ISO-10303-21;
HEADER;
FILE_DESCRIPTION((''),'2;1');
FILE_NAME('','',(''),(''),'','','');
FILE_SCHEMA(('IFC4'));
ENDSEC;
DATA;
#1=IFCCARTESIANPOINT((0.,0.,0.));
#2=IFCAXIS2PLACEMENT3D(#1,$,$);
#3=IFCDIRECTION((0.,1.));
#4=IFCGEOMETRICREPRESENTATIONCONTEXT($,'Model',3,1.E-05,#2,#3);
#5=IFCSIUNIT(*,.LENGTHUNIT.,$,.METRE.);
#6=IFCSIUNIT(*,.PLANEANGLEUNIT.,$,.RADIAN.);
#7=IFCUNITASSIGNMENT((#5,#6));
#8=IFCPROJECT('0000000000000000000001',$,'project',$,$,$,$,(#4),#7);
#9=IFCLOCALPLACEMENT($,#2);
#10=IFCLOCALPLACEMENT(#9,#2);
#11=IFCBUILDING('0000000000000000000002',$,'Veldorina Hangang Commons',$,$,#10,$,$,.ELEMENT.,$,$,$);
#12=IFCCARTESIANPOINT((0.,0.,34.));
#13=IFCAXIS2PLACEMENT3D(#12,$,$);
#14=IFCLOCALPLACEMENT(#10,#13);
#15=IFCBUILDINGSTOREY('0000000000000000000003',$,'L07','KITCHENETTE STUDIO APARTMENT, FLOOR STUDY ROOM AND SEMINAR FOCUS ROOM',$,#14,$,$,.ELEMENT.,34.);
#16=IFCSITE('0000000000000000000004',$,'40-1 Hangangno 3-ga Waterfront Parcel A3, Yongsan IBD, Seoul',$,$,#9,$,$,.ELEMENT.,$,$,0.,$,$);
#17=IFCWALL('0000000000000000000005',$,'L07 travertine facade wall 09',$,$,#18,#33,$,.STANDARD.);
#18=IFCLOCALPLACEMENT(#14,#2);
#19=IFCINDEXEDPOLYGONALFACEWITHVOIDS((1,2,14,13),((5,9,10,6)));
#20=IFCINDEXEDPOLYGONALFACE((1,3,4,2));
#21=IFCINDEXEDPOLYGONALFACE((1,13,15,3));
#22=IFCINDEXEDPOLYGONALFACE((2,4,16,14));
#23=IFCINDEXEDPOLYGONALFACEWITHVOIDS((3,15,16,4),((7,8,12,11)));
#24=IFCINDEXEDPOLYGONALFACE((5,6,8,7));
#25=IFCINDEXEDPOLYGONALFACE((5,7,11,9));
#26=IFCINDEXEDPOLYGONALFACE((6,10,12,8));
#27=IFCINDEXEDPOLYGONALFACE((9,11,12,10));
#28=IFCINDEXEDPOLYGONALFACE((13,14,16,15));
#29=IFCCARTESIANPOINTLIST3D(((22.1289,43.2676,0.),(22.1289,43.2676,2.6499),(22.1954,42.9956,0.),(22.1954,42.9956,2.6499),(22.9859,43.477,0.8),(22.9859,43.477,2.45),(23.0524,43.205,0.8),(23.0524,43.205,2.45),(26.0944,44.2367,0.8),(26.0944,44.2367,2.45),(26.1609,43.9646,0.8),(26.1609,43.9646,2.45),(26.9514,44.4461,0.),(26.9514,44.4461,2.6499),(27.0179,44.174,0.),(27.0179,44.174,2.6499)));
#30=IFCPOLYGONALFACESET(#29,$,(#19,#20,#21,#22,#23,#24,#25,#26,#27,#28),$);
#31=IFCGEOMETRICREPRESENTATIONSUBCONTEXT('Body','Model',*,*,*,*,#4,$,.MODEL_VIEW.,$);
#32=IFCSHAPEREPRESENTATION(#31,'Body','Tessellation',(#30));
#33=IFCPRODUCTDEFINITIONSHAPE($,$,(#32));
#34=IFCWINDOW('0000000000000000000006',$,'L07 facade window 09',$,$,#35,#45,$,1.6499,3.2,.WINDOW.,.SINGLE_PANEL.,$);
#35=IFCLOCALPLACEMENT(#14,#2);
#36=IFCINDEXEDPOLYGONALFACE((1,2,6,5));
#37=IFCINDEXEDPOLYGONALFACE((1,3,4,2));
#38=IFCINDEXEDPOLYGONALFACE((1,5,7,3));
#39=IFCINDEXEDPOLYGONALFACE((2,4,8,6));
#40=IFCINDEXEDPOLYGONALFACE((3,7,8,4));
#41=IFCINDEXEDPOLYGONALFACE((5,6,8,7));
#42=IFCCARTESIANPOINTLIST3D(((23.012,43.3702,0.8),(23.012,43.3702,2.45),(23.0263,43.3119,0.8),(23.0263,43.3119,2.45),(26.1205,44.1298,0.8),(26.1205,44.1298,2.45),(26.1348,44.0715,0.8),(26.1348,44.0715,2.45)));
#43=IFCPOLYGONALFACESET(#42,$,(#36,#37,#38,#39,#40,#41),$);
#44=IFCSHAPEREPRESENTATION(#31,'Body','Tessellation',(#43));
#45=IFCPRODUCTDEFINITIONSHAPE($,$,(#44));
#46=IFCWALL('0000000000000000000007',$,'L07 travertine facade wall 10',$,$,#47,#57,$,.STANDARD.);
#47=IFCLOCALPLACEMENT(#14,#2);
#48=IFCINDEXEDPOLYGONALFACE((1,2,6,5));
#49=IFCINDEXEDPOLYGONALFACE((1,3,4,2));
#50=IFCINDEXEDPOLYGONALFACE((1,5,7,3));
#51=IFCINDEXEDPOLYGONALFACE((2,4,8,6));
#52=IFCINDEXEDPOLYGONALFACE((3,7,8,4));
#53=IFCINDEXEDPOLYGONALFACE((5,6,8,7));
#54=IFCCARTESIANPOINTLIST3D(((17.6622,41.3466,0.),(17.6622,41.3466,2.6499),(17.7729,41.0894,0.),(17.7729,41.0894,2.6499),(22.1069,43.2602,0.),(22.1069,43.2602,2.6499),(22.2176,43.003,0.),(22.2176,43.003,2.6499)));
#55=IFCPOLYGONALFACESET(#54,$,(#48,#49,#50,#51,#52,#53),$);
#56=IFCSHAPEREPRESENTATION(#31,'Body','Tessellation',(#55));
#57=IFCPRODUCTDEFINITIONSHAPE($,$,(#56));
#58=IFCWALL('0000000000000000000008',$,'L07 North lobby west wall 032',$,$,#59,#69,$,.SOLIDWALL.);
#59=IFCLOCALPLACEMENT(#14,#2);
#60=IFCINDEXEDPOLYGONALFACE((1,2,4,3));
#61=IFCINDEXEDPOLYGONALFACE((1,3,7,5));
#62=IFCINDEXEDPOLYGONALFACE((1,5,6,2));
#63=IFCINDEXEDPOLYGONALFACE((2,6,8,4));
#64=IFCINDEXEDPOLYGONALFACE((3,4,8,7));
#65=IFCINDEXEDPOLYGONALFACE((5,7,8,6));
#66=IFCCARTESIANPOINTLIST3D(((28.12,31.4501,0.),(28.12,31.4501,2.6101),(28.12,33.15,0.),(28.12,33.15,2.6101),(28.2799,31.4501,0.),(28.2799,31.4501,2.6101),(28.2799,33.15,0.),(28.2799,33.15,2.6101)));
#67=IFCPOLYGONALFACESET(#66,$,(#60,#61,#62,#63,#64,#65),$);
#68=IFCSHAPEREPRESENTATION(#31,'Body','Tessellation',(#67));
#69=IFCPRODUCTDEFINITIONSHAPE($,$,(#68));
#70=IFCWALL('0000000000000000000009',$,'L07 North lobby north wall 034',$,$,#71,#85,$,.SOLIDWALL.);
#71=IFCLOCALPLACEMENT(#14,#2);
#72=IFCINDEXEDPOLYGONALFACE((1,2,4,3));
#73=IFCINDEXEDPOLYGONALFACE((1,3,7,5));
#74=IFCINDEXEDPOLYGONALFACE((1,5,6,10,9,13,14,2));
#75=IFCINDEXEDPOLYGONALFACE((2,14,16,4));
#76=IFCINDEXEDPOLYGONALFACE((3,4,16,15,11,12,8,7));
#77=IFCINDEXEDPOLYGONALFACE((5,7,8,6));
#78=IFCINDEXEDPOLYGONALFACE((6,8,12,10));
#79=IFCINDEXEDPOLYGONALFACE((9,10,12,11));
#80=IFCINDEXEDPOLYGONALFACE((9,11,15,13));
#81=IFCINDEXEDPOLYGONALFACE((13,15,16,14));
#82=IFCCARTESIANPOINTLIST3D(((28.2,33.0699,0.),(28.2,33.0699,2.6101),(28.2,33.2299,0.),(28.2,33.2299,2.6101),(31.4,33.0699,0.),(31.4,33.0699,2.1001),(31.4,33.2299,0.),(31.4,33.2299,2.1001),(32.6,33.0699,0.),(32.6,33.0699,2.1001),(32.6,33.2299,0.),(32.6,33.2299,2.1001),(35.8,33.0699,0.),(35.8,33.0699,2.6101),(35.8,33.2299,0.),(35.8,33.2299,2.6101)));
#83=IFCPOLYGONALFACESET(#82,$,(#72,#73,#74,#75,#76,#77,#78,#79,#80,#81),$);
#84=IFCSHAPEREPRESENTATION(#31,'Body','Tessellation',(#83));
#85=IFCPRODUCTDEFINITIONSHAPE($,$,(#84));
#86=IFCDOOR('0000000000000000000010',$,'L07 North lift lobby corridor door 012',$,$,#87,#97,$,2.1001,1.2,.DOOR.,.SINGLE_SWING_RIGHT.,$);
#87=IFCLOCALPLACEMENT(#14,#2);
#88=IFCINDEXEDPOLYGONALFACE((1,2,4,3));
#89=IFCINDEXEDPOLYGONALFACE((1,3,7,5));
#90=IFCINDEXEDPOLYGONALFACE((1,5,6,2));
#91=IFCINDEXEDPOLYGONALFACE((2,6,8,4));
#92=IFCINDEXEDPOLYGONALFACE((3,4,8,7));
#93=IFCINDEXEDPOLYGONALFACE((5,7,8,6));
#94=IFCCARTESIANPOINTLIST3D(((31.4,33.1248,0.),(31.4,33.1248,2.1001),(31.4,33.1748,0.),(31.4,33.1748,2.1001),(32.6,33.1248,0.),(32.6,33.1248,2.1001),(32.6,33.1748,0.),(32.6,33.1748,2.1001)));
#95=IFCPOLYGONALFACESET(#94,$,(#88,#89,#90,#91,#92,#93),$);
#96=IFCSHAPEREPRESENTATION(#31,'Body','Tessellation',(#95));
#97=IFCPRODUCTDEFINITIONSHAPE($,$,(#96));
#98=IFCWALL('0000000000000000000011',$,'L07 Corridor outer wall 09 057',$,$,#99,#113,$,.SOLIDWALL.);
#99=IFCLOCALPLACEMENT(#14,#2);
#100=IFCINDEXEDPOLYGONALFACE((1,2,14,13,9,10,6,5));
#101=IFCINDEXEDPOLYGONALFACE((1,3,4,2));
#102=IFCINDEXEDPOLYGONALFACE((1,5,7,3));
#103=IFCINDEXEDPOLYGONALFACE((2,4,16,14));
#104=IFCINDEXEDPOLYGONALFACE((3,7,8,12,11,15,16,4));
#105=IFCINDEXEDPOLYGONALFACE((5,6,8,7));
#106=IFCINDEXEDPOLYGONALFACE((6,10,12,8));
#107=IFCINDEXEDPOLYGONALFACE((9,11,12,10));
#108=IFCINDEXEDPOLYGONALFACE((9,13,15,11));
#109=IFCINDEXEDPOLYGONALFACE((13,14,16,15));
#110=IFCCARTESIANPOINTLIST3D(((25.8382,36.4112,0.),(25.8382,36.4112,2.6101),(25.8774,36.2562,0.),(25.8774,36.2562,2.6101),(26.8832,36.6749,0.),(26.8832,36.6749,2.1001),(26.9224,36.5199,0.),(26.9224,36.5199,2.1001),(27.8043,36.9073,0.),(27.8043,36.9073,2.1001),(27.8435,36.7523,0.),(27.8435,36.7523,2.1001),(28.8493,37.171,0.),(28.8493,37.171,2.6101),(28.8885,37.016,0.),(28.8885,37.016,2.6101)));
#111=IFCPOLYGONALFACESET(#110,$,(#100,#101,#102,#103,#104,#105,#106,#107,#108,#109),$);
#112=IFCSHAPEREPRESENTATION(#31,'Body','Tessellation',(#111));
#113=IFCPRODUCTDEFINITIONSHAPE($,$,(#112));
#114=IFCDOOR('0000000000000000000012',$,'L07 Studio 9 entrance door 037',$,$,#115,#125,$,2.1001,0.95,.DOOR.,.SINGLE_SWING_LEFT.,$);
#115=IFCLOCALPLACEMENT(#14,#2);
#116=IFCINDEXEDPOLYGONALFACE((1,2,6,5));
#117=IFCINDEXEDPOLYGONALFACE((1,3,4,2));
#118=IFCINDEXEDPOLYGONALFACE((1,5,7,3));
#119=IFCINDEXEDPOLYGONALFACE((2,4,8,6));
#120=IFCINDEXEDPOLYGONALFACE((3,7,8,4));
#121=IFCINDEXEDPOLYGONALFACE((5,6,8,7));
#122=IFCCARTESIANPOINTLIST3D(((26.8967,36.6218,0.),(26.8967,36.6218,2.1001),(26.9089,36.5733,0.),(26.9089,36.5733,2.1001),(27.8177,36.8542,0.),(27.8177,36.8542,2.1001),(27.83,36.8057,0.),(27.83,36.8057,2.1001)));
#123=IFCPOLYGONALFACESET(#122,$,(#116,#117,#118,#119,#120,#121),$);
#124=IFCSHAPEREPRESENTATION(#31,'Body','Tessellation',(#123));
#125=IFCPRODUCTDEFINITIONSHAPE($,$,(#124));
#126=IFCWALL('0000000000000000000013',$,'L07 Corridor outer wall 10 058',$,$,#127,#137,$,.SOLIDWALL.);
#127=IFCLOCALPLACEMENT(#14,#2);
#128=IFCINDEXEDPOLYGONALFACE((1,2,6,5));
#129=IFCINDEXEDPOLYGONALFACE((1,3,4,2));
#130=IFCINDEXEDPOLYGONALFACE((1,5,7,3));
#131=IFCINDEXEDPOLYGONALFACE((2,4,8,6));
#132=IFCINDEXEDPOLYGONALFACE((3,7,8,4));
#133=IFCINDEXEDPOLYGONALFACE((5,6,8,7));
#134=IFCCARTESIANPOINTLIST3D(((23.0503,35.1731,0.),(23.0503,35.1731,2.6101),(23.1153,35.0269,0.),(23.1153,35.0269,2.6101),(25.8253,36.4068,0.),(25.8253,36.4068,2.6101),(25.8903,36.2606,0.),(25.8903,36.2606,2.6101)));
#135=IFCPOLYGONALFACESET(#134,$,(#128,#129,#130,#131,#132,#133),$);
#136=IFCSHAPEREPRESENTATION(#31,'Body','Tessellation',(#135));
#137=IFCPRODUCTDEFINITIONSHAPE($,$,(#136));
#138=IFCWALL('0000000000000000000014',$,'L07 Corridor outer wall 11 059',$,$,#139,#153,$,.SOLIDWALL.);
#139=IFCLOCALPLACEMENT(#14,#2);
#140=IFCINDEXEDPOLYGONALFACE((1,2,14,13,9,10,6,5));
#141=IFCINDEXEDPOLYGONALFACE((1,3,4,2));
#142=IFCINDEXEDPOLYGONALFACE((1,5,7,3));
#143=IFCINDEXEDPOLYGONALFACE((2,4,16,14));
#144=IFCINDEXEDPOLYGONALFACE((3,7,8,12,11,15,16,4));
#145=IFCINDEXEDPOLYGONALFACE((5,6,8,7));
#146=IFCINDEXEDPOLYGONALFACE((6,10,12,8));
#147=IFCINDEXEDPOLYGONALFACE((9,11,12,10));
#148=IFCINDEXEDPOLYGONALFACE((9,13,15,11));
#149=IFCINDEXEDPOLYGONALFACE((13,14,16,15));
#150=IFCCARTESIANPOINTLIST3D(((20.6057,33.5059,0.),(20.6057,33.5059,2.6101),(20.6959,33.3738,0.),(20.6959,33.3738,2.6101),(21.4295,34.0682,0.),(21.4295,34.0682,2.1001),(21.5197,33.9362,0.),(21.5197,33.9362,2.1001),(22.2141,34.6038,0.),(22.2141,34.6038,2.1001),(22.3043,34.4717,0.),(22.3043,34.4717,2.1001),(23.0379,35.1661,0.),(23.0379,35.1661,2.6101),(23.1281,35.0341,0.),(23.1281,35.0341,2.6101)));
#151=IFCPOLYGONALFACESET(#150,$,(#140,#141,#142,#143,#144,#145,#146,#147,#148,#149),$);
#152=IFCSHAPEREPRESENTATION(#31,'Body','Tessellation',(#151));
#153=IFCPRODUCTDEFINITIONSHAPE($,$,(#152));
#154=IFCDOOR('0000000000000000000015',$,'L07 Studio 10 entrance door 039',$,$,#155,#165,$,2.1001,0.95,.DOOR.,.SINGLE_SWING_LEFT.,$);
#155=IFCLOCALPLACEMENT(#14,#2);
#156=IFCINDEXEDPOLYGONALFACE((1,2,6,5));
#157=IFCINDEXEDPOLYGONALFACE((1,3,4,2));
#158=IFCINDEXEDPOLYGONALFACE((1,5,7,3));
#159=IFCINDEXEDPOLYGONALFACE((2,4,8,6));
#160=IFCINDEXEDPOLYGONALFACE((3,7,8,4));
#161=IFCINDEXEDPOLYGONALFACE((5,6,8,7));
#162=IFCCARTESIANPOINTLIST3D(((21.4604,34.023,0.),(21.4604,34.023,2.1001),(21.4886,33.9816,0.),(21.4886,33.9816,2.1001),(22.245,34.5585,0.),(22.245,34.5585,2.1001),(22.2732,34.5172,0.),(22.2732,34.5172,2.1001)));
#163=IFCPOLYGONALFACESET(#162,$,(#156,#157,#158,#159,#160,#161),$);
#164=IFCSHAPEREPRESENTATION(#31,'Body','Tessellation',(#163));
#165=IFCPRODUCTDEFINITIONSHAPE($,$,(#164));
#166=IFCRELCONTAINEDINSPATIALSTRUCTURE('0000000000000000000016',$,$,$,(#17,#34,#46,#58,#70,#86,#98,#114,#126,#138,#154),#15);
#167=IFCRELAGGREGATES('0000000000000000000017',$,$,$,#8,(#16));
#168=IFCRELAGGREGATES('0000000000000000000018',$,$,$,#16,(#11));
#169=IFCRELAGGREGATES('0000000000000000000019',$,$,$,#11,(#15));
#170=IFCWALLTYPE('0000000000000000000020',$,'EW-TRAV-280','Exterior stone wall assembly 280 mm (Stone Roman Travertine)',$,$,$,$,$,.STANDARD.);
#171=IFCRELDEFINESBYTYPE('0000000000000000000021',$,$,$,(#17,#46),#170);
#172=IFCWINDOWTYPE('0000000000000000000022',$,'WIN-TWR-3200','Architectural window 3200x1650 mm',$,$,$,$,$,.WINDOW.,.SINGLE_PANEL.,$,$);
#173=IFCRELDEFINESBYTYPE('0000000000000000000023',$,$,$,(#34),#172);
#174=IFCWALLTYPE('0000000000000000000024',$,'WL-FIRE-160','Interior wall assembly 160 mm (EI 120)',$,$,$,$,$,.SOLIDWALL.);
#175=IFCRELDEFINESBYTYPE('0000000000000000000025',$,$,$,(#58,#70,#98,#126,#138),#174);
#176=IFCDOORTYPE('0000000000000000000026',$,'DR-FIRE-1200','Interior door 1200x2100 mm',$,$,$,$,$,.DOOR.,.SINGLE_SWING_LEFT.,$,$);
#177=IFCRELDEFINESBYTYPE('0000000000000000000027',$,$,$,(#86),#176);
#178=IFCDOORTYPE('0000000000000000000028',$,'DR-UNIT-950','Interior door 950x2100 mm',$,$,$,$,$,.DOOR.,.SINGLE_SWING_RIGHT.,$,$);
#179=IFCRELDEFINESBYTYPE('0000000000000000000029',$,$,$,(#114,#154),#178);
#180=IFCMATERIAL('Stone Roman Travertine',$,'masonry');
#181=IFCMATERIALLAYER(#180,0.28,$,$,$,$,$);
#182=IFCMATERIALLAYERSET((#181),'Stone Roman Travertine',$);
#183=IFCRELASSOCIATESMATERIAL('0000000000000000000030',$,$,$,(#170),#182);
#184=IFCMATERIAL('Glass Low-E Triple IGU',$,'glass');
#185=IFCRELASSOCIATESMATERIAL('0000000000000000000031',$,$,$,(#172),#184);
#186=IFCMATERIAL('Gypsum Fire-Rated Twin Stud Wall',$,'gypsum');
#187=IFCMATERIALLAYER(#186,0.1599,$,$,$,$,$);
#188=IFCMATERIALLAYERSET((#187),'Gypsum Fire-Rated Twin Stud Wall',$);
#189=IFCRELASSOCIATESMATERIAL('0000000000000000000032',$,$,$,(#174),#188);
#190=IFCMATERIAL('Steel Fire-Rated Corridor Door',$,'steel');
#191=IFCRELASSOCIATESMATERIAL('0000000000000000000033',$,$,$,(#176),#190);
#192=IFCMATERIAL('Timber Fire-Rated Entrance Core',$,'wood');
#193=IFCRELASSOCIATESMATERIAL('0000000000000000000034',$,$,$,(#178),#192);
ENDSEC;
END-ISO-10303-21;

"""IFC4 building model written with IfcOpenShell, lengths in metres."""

from ifc_helpers import new_model, si_unit, direction, frame, frame_2d, origin, place, context, subcontext, project, spatial, rectangle, extrude, material, layer, layer_set, type_object, element, fill, save


model = new_model("IFC4")

# Units and contexts
model_context = context("Model", 3, precision=1e-05, world=origin(), true_north=direction((0.0, 1.0)))
body_context = subcontext(model_context, "Body", "Model", "MODEL_VIEW")
ifc_project = project(units=[si_unit("LENGTHUNIT", "METRE"), si_unit("PLANEANGLEUNIT", "RADIAN")], contexts=[model_context])

# Site, building, storey
site_placement = place(None, origin())
site = spatial("IfcSite", under=ifc_project, at=site_placement, Name="40-1 Hangangno 3-ga Waterfront Parcel A3, Yongsan IBD, Seoul", CompositionType="ELEMENT", RefElevation=0.0)
building_placement = place(site_placement, origin())
building = spatial("IfcBuilding", under=site, at=building_placement, Name="Veldorina Hangang Commons", CompositionType="ELEMENT")
storey_placement = place(building_placement, frame((0.0, 0.0, 34.0)))
storey = spatial("IfcBuildingStorey", under=building, at=storey_placement, Name="L07", Description="KITCHENETTE STUDIO APARTMENT, FLOOR STUDY ROOM AND SEMINAR FOCUS ROOM", CompositionType="ELEMENT", Elevation=34.0)

# Wall, opening, window
ifc_material_1 = material(Name="Stone Roman Travertine", Category="masonry")
ifc_layer_1 = layer(ifc_material_1, 0.28)
ifc_layer_set_1 = layer_set([ifc_layer_1], Name="Stone Roman Travertine")
wall_type_1 = type_object("IfcWallType", Name="EW-TRAV-280", Description="Exterior stone wall assembly 280 mm (Stone Roman Travertine)", PredefinedType="STANDARD", material=ifc_layer_set_1)
wall_1_placement = place(storey_placement, frame((26.9846, 44.3101, 0.0), z_axis=(0.0, 0.0, 1.0), x_axis=(-0.971416, -0.237383, 0.0)))
wall_1 = element("IfcWall", 1, at=wall_1_placement, inside=storey, type_object=wall_type_1, Name="L07 travertine facade wall 09", PredefinedType="STANDARD", context=body_context, shape_type="SweptSolid", body=[
    extrude(rectangle(XDim=4.9644, YDim=0.28, at=frame_2d((2.4822, 0.0))), origin(), (0.0, 0.0, 1.0), 2.6499),
])
opening_1_placement = place(wall_1_placement, frame((0.8821, 0.0, 0.8)))
opening_1 = element("IfcOpeningElement", 2, at=opening_1_placement, cuts=wall_1, PredefinedType="OPENING", context=body_context, shape_type="SweptSolid", body=[
    extrude(rectangle(XDim=3.2, YDim=1.6499, at=frame_2d((1.6001, 0.825))), frame((0.0, 0.1499, 0.0), z_axis=(0.0, -1.0, 0.0), x_axis=(1.0, 0.0, 0.0)), (0.0, 0.0, 1.0), 0.3),
])
ifc_material_2 = material(Name="Glass Low-E Triple IGU", Category="glass")
window_type = type_object("IfcWindowType", Name="WIN-TWR-3200", Description="Architectural window 3200x1650 mm", PartitioningType="SINGLE_PANEL", PredefinedType="WINDOW", material=ifc_material_2)
window_placement = place(opening_1_placement, origin())
window = element("IfcWindow", 3, at=window_placement, inside=storey, type_object=window_type, Name="L07 facade window 09", OverallHeight=1.6499, OverallWidth=3.2, PartitioningType="SINGLE_PANEL", PredefinedType="WINDOW", context=body_context, shape_type="SweptSolid", body=[
    extrude(rectangle(XDim=3.2, YDim=1.6499, at=frame_2d((1.6001, 0.825))), frame((0.0, 0.03, 0.0), z_axis=(0.0, -1.0, 0.0), x_axis=(1.0, 0.0, 0.0)), (0.0, 0.0, 1.0), 0.0601),
])
fill(opening_1, window)

# Walls
wall_2_placement = place(storey_placement, frame((22.1621, 43.1316, 0.0), z_axis=(0.0, 0.0, 1.0), x_axis=(-0.918489, -0.395447, 0.0)))
element("IfcWall", 4, at=wall_2_placement, inside=storey, type_object=wall_type_1, Name="L07 travertine facade wall 10", PredefinedType="STANDARD", context=body_context, shape_type="SweptSolid", body=[
    extrude(rectangle(XDim=4.8391, YDim=0.28, at=frame_2d((2.4194, 0.0))), origin(), (0.0, 0.0, 1.0), 2.6499),
])
ifc_material_3 = material(Name="Gypsum Fire-Rated Twin Stud Wall", Category="gypsum")
ifc_layer_2 = layer(ifc_material_3, 0.1599)
ifc_layer_set_2 = layer_set([ifc_layer_2], Name="Gypsum Fire-Rated Twin Stud Wall")
wall_type_2 = type_object("IfcWallType", Name="WL-FIRE-160", Description="Interior wall assembly 160 mm (EI 120)", PredefinedType="SOLIDWALL", material=ifc_layer_set_2)
wall_3_placement = place(storey_placement, frame((28.2, 31.45, 0.0), z_axis=(0.0, 0.0, 1.0), x_axis=(0.0, 1.0, 0.0)))
element("IfcWall", 5, at=wall_3_placement, inside=storey, type_object=wall_type_2, Name="L07 North lobby west wall 032", PredefinedType="SOLIDWALL", context=body_context, shape_type="SweptSolid", body=[
    extrude(rectangle(XDim=1.7, YDim=0.1599, at=frame_2d((0.8501, 0.0))), origin(), (0.0, 0.0, 1.0), 2.6101),
])

# Walls, openings, doors
wall_4_placement = place(storey_placement, frame((28.2, 33.1499, 0.0), z_axis=(0.0, 0.0, 1.0), x_axis=(1.0, 0.0, 0.0)))
wall_4 = element("IfcWall", 6, at=wall_4_placement, inside=storey, type_object=wall_type_2, Name="L07 North lobby north wall 034", PredefinedType="SOLIDWALL", context=body_context, shape_type="SweptSolid", body=[
    extrude(rectangle(XDim=7.6001, YDim=0.1599, at=frame_2d((3.8, 0.0))), origin(), (0.0, 0.0, 1.0), 2.6101),
])
opening_2_placement = place(wall_4_placement, frame((3.2, 0.0, 0.0)))
opening_2 = element("IfcOpeningElement", 7, at=opening_2_placement, cuts=wall_4, PredefinedType="OPENING", context=body_context, shape_type="SweptSolid", body=[
    extrude(rectangle(XDim=1.2, YDim=2.1001, at=frame_2d((0.6001, 1.05))), frame((0.0, 0.0898, 0.0), z_axis=(0.0, -1.0, 0.0), x_axis=(1.0, 0.0, 0.0)), (0.0, 0.0, 1.0), 0.1799),
])
ifc_material_4 = material(Name="Steel Fire-Rated Corridor Door", Category="steel")
door_type_1 = type_object("IfcDoorType", Name="DR-FIRE-1200", Description="Interior door 1200x2100 mm", OperationType="SINGLE_SWING_LEFT", PredefinedType="DOOR", material=ifc_material_4)
door_1_placement = place(opening_2_placement, origin())
door_1 = element("IfcDoor", 8, at=door_1_placement, inside=storey, type_object=door_type_1, Name="L07 North lift lobby corridor door 012", OperationType="SINGLE_SWING_RIGHT", OverallHeight=2.1001, OverallWidth=1.2, PredefinedType="DOOR", context=body_context, shape_type="SweptSolid", body=[
    extrude(rectangle(XDim=1.2, YDim=2.1001, at=frame_2d((0.6001, 1.05))), frame((0.0, 0.0249, 0.0), z_axis=(0.0, -1.0, 0.0), x_axis=(1.0, 0.0, 0.0)), (0.0, 0.0, 1.0), 0.05),
])
fill(opening_2, door_1)
wall_5_placement = place(storey_placement, frame((28.8689, 37.0935, 0.0), z_axis=(0.0, 0.0, 1.0), x_axis=(-0.969608, -0.244662, 0.0)))
wall_5 = element("IfcWall", 9, at=wall_5_placement, inside=storey, type_object=wall_type_2, Name="L07 Corridor outer wall 09 057", PredefinedType="SOLIDWALL", context=body_context, shape_type="SweptSolid", body=[
    extrude(rectangle(XDim=3.1055, YDim=0.1599, at=frame_2d((1.5527, 0.0))), origin(), (0.0, 0.0, 1.0), 2.6101),
])
opening_3_placement = place(wall_5_placement, frame((1.0776, 0.0, 0.0)))
opening_3 = element("IfcOpeningElement", 10, at=opening_3_placement, cuts=wall_5, PredefinedType="OPENING", context=body_context, shape_type="SweptSolid", body=[
    extrude(rectangle(XDim=0.95, YDim=2.1001, at=frame_2d((0.4751, 1.05))), frame((0.0, 0.0898, 0.0), z_axis=(0.0, -1.0, 0.0), x_axis=(1.0, 0.0, 0.0)), (0.0, 0.0, 1.0), 0.1799),
])
ifc_material_5 = material(Name="Timber Fire-Rated Entrance Core", Category="wood")
door_type_2 = type_object("IfcDoorType", Name="DR-UNIT-950", Description="Interior door 950x2100 mm", OperationType="SINGLE_SWING_RIGHT", PredefinedType="DOOR", material=ifc_material_5)
door_2_placement = place(opening_3_placement, origin())
door_2 = element("IfcDoor", 11, at=door_2_placement, inside=storey, type_object=door_type_2, Name="L07 Studio 9 entrance door 037", OperationType="SINGLE_SWING_LEFT", OverallHeight=2.1001, OverallWidth=0.95, PredefinedType="DOOR", context=body_context, shape_type="SweptSolid", body=[
    extrude(rectangle(XDim=0.95, YDim=2.1001, at=frame_2d((0.4751, 1.05))), frame((0.0, 0.0249, 0.0), z_axis=(0.0, -1.0, 0.0), x_axis=(1.0, 0.0, 0.0)), (0.0, 0.0, 1.0), 0.05),
])
fill(opening_3, door_2)

# Wall
wall_6_placement = place(storey_placement, frame((25.8579, 36.3337, 0.0), z_axis=(0.0, 0.0, 1.0), x_axis=(-0.913768, -0.406235, 0.0)))
element("IfcWall", 12, at=wall_6_placement, inside=storey, type_object=wall_type_2, Name="L07 Corridor outer wall 10 058", PredefinedType="SOLIDWALL", context=body_context, shape_type="SweptSolid", body=[
    extrude(rectangle(XDim=3.0369, YDim=0.1599, at=frame_2d((1.5186, 0.0))), origin(), (0.0, 0.0, 1.0), 2.6101),
])

# Wall, opening, door
wall_7_placement = place(storey_placement, frame((23.083, 35.1001, 0.0), z_axis=(0.0, 0.0, 1.0), x_axis=(-0.825929, -0.563774, 0.0)))
wall_7 = element("IfcWall", 13, at=wall_7_placement, inside=storey, type_object=wall_type_2, Name="L07 Corridor outer wall 11 059", PredefinedType="SOLIDWALL", context=body_context, shape_type="SweptSolid", body=[
    extrude(rectangle(XDim=2.9448, YDim=0.1599, at=frame_2d((1.4724, 0.0))), origin(), (0.0, 0.0, 1.0), 2.6101),
])
opening_4_placement = place(wall_7_placement, frame((0.9973, 0.0, 0.0)))
opening_4 = element("IfcOpeningElement", 14, at=opening_4_placement, cuts=wall_7, PredefinedType="OPENING", context=body_context, shape_type="SweptSolid", body=[
    extrude(rectangle(XDim=0.95, YDim=2.1001, at=frame_2d((0.4751, 1.05))), frame((0.0, 0.0898, 0.0), z_axis=(0.0, -1.0, 0.0), x_axis=(1.0, 0.0, 0.0)), (0.0, 0.0, 1.0), 0.1799),
])
door_3_placement = place(opening_4_placement, origin())
door_3 = element("IfcDoor", 15, at=door_3_placement, inside=storey, type_object=door_type_2, Name="L07 Studio 10 entrance door 039", OperationType="SINGLE_SWING_LEFT", OverallHeight=2.1001, OverallWidth=0.95, PredefinedType="DOOR", context=body_context, shape_type="SweptSolid", body=[
    extrude(rectangle(XDim=0.95, YDim=2.1001, at=frame_2d((0.4751, 1.05))), frame((0.0, 0.0249, 0.0), z_axis=(0.0, -1.0, 0.0), x_axis=(1.0, 0.0, 0.0)), (0.0, 0.0, 1.0), 0.05),
])
fill(opening_4, door_3)

save(model, "model.ifc")
